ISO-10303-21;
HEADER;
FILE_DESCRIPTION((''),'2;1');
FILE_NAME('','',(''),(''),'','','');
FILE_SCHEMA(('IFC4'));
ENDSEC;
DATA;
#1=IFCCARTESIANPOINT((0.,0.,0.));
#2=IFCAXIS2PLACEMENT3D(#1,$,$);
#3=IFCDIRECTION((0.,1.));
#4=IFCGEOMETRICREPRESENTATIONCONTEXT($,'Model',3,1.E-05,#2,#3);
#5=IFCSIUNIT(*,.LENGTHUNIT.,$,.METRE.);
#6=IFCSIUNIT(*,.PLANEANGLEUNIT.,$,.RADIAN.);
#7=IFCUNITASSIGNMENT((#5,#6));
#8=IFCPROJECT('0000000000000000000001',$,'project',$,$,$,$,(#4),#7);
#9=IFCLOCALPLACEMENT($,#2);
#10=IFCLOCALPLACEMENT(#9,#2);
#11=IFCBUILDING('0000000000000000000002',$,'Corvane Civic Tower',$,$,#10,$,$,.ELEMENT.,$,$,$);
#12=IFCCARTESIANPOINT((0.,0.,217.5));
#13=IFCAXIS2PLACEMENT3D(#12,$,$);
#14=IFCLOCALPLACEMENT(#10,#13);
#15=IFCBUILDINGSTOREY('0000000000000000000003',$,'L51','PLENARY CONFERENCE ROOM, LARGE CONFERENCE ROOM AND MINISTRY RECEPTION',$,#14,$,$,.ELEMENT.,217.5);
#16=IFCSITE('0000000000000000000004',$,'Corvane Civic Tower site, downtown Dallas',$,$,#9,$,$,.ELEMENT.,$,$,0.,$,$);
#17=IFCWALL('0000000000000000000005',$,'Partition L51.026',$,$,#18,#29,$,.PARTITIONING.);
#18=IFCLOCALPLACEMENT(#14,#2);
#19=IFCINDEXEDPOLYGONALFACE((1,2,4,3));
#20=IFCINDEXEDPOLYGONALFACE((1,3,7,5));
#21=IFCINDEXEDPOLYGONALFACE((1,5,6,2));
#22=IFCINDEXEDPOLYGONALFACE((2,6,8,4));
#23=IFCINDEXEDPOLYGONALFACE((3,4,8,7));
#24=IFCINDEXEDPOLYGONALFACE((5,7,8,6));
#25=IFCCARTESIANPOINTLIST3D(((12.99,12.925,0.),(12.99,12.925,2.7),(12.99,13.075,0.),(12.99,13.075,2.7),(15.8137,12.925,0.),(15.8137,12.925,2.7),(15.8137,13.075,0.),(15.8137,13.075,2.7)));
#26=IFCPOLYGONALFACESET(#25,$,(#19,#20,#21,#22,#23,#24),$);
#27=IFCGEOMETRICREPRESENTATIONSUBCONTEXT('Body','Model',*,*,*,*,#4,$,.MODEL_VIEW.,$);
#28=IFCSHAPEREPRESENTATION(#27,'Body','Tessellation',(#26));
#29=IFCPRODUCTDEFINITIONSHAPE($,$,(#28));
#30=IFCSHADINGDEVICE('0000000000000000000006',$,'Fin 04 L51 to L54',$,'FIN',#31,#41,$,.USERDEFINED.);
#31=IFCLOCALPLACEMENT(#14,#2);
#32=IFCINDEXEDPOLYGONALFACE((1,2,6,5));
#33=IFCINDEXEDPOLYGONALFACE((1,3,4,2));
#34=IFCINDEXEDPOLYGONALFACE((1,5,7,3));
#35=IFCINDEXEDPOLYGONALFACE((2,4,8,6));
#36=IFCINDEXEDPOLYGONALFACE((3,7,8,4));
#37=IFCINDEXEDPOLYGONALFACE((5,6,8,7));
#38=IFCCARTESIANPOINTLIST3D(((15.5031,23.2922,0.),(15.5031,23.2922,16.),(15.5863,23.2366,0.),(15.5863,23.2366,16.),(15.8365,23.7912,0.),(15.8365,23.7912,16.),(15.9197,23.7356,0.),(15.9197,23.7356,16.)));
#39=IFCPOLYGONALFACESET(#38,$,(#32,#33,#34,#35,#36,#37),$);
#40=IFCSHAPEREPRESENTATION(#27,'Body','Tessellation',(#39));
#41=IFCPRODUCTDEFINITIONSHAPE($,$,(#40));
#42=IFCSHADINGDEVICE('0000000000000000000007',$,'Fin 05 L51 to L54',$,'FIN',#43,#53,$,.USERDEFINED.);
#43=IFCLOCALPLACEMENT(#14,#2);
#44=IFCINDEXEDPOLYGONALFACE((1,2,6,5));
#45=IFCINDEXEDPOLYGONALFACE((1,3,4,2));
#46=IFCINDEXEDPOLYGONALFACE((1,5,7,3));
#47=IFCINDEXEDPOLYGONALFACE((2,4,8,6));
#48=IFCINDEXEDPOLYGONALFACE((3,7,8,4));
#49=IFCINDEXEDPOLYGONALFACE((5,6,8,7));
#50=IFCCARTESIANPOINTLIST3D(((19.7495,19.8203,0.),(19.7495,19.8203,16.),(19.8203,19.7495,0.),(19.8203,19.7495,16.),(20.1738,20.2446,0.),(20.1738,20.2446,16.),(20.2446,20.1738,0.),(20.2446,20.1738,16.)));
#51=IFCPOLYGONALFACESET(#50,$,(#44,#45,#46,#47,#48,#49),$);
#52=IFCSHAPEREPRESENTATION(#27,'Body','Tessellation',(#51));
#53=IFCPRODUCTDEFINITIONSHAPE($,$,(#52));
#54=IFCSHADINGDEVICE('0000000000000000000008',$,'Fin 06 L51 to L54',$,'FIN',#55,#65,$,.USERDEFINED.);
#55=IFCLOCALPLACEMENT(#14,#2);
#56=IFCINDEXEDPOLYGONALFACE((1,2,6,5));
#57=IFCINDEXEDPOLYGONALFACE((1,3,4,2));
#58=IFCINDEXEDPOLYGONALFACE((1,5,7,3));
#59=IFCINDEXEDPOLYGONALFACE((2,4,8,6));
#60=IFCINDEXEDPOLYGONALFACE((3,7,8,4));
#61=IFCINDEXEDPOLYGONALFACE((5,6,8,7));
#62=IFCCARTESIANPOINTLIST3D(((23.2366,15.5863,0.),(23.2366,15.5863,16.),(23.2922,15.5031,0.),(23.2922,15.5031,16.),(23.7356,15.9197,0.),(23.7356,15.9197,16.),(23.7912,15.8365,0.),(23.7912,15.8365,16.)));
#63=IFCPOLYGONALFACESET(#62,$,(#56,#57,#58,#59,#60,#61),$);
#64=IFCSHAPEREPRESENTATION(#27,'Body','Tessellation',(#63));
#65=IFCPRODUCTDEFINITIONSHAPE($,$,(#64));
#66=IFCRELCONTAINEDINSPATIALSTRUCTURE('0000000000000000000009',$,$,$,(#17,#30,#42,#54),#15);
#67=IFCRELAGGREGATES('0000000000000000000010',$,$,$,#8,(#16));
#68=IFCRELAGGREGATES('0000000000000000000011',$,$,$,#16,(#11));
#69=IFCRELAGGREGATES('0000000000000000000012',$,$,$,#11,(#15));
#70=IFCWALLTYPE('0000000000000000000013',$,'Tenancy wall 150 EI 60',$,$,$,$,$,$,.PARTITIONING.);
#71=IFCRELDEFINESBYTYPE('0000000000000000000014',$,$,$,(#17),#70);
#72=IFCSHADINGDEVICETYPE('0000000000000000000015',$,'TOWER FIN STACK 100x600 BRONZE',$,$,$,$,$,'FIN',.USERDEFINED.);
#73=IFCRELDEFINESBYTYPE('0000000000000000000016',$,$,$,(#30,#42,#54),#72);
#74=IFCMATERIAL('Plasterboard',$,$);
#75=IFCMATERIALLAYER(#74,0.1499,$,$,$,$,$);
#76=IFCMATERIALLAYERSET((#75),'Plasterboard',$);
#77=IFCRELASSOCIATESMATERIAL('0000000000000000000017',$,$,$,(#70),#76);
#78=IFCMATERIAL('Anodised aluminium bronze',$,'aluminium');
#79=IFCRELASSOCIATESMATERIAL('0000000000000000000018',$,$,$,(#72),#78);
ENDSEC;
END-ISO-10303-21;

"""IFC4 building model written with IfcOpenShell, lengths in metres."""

from ifc_helpers import new_model, si_unit, direction, frame, frame_2d, origin, origin_2d, place, context, subcontext, project, spatial, rectangle, extrude, material, layer, layer_set, material_profile, profile_set, type_object, element, save


model = new_model("IFC4")

# Units and contexts
model_context = context("Model", 3, precision=1e-05, world=origin(), true_north=direction((0.0, 1.0)))
body_context = subcontext(model_context, "Body", "Model", "MODEL_VIEW")
ifc_project = project(units=[si_unit("LENGTHUNIT", "METRE"), si_unit("PLANEANGLEUNIT", "RADIAN")], contexts=[model_context])

# Site, building, storey
site_placement = place(None, origin())
site = spatial("IfcSite", under=ifc_project, at=site_placement, Name="Corvane Civic Tower site, downtown Dallas", CompositionType="ELEMENT", RefElevation=0.0)
building_placement = place(site_placement, origin())
building = spatial("IfcBuilding", under=site, at=building_placement, Name="Corvane Civic Tower", CompositionType="ELEMENT")
storey_placement = place(building_placement, frame((0.0, 0.0, 217.5)))
storey = spatial("IfcBuildingStorey", under=building, at=storey_placement, Name="L51", Description="PLENARY CONFERENCE ROOM, LARGE CONFERENCE ROOM AND MINISTRY RECEPTION", CompositionType="ELEMENT", Elevation=217.5)

# Wall
ifc_material_1 = material(Name="Plasterboard")
ifc_layer_1 = layer(ifc_material_1, 0.1499)
ifc_layer_set_1 = layer_set([ifc_layer_1], Name="Plasterboard")
wall_type_1 = type_object("IfcWallType", Name="Tenancy wall 150 EI 60", PredefinedType="PARTITIONING", material=ifc_layer_set_1)
wall_1_placement = place(storey_placement, frame((12.99, 13.0, 0.0), z_axis=(0.0, 0.0, 1.0), x_axis=(1.0, 0.0, 0.0)))
element("IfcWall", 1, at=wall_1_placement, inside=storey, type_object=wall_type_1, Name="Partition L51.026", PredefinedType="PARTITIONING", context=body_context, shape_type="SweptSolid", body=[
    extrude(rectangle(XDim=2.8237, YDim=0.1499, at=frame_2d((1.4119, 0.0))), origin(), (0.0, 0.0, 1.0), 2.7),
])

# Shading devices
ifc_material_2 = material(Name="Anodised aluminium bronze", Category="aluminium")
ifc_material_profile_1 = material_profile(ifc_material_2, rectangle(XDim=0.1001, YDim=0.6001, at=origin_2d()), Name="TOWER FIN STACK 100x600 BRONZE")
ifc_profile_set_1 = profile_set([ifc_material_profile_1], Name="Anodised aluminium bronze")
shading_device_type = type_object("IfcShadingDeviceType", Name="TOWER FIN STACK 100x600 BRONZE", ElementType="FIN", PredefinedType="USERDEFINED", material=ifc_profile_set_1)
for number, where, z_axis, x_axis, name in (
    (2, (15.7114, 23.5139, 0.0), (0.0, 0.0, 1.0), (0.83147, -0.55557, 0.0), "Fin 04 L51 to L54"),
    (3, (19.9971, 19.9971, 0.0), (0.0, 0.0, 1.0), (0.707107, -0.707107, 0.0), "Fin 05 L51 to L54"),
    (4, (23.5139, 15.7114, 0.0), (0.0, 0.0, 1.0), (0.55557, -0.83147, 0.0), "Fin 06 L51 to L54"),
):
    element("IfcShadingDevice", number, at=place(storey_placement, frame(where, z_axis=z_axis, x_axis=x_axis)), inside=storey, type_object=shading_device_type, Name=name, ObjectType="FIN", PredefinedType="USERDEFINED", context=body_context, shape_type="SweptSolid", body=[
        extrude(rectangle(XDim=0.1001, YDim=0.6001, at=origin_2d()), origin(), (0.0, 0.0, 1.0), 16.0),
    ])

save(model, "model.ifc")
